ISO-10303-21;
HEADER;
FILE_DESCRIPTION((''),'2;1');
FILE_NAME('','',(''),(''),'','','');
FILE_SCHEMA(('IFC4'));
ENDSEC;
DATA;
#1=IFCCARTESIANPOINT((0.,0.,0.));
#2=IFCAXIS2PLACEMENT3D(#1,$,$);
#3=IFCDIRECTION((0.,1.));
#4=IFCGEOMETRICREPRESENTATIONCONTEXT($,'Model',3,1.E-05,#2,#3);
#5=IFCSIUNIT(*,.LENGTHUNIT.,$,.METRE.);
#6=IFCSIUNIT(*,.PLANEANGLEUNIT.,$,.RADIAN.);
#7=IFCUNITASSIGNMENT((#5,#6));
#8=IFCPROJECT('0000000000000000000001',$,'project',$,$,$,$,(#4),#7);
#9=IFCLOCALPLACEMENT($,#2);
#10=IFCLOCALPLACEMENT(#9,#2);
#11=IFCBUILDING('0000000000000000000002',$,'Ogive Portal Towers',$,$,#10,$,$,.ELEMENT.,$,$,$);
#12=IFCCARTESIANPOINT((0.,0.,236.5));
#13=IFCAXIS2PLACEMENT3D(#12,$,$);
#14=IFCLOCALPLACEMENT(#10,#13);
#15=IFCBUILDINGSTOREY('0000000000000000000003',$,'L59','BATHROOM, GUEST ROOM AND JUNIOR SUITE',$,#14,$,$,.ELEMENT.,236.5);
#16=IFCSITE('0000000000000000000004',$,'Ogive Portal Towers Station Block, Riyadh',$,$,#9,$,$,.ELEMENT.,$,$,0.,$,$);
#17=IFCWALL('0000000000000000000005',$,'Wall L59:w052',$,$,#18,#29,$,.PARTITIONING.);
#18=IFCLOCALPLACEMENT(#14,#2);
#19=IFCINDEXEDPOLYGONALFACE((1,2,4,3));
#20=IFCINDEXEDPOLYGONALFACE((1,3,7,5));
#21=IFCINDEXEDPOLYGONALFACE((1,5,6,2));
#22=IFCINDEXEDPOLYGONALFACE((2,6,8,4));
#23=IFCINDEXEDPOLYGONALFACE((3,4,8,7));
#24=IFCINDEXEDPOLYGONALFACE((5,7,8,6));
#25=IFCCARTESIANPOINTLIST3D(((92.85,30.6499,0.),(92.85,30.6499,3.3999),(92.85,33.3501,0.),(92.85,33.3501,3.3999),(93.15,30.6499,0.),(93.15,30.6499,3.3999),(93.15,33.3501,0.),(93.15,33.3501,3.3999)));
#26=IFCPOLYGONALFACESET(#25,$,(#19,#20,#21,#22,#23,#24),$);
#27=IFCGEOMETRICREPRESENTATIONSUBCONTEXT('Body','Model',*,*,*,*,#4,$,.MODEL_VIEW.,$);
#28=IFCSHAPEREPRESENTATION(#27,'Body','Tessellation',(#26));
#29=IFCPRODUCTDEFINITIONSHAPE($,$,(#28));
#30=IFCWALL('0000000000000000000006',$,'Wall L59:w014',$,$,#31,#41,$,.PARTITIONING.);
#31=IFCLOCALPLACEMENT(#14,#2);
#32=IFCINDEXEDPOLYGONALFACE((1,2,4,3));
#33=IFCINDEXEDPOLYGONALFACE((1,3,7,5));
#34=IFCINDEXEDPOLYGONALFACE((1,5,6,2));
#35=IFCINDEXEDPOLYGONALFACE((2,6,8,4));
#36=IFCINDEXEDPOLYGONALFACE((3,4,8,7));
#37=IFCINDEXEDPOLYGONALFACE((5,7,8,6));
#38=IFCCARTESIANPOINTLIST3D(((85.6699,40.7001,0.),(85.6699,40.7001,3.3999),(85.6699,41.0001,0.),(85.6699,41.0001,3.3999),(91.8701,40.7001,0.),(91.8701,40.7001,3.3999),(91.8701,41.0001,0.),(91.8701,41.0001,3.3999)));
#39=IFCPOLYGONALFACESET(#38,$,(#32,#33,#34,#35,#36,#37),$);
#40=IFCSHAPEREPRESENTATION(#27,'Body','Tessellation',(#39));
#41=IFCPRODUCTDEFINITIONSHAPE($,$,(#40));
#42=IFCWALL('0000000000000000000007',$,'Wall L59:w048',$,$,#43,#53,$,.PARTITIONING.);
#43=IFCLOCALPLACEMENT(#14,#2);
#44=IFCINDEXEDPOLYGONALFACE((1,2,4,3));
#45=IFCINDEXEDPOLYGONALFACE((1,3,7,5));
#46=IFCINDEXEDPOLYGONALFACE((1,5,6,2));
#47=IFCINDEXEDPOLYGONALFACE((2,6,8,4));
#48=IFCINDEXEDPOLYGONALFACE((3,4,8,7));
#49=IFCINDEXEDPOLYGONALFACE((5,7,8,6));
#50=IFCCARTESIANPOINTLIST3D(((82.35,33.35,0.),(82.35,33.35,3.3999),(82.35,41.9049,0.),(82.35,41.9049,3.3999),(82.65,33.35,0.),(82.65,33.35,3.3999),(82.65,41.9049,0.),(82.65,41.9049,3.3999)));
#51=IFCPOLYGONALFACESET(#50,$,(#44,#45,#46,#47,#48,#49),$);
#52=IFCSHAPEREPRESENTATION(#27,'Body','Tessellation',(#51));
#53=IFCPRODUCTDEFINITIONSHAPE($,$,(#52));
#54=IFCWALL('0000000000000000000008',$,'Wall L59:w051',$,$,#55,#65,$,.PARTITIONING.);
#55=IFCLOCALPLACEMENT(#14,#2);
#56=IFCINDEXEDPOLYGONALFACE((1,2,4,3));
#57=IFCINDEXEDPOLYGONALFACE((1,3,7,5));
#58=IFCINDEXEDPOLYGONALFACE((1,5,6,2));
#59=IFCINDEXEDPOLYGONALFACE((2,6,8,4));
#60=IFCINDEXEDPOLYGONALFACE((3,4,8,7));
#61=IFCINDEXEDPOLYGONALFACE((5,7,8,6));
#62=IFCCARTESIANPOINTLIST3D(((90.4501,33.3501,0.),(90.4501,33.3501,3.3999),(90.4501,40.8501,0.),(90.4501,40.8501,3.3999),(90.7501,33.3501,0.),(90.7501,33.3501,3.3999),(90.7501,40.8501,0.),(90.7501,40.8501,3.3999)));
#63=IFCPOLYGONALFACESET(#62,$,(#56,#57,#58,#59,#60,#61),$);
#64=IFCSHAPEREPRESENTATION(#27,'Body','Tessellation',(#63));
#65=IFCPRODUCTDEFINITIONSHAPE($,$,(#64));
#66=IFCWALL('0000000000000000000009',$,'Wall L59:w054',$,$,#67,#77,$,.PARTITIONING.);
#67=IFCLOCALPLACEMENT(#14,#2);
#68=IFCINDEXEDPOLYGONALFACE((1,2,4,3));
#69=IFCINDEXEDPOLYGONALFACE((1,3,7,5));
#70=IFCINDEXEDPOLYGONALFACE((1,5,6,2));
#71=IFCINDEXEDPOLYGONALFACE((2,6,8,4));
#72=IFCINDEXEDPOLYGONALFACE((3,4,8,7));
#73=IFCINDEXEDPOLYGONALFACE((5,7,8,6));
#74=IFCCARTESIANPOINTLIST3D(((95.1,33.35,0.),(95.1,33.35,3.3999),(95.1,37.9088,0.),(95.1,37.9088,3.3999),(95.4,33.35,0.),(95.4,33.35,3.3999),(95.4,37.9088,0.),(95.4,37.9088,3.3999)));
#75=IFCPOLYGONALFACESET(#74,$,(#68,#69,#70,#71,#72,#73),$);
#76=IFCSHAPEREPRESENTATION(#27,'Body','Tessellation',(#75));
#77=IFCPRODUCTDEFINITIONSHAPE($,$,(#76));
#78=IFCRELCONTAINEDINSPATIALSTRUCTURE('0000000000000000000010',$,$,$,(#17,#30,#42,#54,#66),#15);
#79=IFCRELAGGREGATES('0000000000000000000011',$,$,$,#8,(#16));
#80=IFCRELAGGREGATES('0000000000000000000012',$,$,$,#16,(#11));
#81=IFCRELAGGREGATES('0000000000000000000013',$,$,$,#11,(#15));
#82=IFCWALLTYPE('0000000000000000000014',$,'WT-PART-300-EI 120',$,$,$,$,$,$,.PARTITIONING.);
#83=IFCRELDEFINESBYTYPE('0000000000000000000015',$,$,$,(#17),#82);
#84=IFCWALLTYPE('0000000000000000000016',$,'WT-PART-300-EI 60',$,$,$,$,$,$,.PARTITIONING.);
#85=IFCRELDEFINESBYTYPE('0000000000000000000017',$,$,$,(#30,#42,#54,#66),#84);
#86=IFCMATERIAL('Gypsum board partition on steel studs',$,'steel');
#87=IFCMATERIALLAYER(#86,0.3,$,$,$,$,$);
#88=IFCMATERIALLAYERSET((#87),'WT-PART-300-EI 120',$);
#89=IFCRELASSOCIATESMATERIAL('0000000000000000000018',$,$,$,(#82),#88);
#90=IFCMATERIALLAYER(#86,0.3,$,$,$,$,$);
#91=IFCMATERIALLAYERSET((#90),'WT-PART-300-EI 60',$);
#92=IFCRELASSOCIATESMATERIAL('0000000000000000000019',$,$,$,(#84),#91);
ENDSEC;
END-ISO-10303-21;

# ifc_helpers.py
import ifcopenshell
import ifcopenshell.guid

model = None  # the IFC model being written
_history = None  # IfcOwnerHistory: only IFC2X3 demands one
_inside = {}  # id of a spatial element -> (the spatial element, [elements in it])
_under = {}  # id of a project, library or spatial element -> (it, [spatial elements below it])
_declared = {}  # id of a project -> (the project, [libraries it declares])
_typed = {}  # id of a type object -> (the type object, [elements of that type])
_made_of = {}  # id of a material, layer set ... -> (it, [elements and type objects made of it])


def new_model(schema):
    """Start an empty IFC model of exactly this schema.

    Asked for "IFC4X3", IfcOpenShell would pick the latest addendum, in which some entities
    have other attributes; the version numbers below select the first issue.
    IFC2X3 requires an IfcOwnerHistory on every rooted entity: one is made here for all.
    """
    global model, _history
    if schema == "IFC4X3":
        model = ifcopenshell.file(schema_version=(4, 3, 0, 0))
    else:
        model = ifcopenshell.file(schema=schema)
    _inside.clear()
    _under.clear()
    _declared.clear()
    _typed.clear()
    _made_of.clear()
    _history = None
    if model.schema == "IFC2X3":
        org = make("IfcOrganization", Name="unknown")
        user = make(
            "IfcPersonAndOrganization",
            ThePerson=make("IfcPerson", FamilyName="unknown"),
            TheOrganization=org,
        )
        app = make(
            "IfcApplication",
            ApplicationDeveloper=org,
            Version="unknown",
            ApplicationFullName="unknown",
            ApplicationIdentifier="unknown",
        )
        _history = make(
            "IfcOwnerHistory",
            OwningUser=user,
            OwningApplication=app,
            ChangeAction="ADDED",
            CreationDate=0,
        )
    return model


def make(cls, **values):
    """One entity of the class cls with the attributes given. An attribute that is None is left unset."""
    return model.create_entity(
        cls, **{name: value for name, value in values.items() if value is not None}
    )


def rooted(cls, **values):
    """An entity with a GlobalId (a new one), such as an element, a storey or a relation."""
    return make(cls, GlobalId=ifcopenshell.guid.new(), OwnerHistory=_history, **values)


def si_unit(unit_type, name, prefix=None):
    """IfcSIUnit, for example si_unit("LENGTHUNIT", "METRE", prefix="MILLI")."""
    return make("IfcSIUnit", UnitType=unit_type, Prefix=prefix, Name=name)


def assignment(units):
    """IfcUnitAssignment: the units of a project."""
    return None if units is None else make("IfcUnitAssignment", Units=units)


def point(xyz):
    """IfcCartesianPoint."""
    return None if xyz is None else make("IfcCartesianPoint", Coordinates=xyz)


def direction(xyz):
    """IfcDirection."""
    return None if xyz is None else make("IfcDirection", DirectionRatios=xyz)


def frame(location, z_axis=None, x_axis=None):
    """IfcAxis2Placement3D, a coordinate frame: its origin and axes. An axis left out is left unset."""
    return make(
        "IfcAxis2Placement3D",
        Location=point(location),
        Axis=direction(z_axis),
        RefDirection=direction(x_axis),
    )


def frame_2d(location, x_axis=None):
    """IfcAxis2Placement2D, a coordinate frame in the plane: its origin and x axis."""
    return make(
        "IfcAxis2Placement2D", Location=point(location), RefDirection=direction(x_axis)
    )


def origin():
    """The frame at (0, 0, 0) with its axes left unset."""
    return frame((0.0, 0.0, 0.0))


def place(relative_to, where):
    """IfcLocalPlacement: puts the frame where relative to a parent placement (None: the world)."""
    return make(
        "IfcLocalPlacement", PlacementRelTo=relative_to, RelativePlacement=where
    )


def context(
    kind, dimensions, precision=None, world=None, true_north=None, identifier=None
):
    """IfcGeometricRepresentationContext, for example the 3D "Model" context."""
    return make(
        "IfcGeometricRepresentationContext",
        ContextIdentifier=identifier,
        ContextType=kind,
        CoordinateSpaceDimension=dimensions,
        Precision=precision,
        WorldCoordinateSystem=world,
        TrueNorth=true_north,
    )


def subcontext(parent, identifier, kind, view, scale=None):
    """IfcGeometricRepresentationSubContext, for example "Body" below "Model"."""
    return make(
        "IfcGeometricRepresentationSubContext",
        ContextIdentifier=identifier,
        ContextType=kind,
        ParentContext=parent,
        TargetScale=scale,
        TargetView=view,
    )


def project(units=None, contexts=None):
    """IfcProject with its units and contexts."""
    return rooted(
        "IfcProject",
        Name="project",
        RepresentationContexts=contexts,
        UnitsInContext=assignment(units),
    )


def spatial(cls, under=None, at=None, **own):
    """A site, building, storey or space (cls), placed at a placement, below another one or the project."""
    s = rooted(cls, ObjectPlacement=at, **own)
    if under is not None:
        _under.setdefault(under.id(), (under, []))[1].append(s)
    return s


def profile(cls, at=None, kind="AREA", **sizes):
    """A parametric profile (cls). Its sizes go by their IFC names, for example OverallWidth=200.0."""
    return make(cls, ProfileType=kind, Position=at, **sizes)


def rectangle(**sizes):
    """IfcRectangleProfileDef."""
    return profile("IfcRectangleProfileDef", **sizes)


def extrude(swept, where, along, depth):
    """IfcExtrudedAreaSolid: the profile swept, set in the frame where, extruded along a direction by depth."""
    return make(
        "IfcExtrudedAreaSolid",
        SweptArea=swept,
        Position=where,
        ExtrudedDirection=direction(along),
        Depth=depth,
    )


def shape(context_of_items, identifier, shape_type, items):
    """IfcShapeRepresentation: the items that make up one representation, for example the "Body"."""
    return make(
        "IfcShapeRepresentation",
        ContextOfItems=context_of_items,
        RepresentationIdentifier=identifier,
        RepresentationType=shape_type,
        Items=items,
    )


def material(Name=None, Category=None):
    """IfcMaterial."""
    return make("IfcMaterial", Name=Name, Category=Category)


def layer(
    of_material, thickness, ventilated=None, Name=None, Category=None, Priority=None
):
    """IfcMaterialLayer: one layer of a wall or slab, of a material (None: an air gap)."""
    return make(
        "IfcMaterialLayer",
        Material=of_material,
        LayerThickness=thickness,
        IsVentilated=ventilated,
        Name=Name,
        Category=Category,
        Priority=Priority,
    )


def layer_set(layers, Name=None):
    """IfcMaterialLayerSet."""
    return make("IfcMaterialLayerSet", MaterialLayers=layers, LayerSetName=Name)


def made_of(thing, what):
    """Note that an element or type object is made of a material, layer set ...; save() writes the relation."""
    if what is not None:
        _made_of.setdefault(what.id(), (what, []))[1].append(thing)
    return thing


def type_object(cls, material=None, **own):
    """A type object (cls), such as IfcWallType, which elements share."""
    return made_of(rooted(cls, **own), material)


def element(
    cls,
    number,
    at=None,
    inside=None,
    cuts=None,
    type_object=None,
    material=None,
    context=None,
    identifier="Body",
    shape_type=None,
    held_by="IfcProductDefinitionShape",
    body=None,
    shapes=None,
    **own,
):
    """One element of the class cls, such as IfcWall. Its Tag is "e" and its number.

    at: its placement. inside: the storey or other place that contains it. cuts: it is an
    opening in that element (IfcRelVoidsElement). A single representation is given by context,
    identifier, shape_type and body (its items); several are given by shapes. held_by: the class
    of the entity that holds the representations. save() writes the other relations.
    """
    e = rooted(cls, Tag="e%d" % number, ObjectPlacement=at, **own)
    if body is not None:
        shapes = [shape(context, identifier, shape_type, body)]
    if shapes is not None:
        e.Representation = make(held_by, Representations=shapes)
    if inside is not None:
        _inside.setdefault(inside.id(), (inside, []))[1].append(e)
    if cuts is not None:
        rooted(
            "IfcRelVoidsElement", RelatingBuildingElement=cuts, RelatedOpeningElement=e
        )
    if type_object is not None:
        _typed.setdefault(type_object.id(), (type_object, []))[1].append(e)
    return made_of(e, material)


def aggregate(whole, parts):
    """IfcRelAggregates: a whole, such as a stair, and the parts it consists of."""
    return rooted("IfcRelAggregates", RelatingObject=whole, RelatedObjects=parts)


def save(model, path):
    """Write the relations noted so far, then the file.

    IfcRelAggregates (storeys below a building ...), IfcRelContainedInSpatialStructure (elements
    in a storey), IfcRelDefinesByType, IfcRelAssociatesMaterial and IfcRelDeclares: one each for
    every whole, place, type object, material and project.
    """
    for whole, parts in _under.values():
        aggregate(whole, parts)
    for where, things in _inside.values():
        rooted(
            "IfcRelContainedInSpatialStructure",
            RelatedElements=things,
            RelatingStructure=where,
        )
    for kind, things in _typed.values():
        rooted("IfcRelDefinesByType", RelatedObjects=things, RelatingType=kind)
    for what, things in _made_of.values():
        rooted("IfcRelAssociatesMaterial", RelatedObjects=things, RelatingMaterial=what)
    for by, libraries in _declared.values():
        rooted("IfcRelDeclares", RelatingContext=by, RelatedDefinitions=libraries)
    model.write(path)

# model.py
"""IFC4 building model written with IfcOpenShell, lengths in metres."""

from ifc_helpers import new_model, si_unit, direction, frame, frame_2d, origin, place, context, subcontext, project, spatial, rectangle, extrude, material, layer, layer_set, type_object, element, save


model = new_model("IFC4")

# Units and contexts
model_context = context("Model", 3, precision=1e-05, world=origin(), true_north=direction((0.0, 1.0)))
body_context = subcontext(model_context, "Body", "Model", "MODEL_VIEW")
ifc_project = project(units=[si_unit("LENGTHUNIT", "METRE"), si_unit("PLANEANGLEUNIT", "RADIAN")], contexts=[model_context])

# Site, building, storey
site_placement = place(None, origin())
site = spatial("IfcSite", under=ifc_project, at=site_placement, Name="Ogive Portal Towers Station Block, Riyadh", CompositionType="ELEMENT", RefElevation=0.0)
building_placement = place(site_placement, origin())
building = spatial("IfcBuilding", under=site, at=building_placement, Name="Ogive Portal Towers", CompositionType="ELEMENT")
storey_placement = place(building_placement, frame((0.0, 0.0, 236.5)))
storey = spatial("IfcBuildingStorey", under=building, at=storey_placement, Name="L59", Description="BATHROOM, GUEST ROOM AND JUNIOR SUITE", CompositionType="ELEMENT", Elevation=236.5)

# Shared definitions
ifc_material_1 = material(Name="Gypsum board partition on steel studs", Category="steel")
ifc_layer_1 = layer(ifc_material_1, 0.3)
ifc_layer_set_1 = layer_set([ifc_layer_1], Name="WT-PART-300-EI 120")
wall_type_1 = type_object("IfcWallType", Name="WT-PART-300-EI 120", PredefinedType="PARTITIONING", material=ifc_layer_set_1)

# Walls
wall_1_placement = place(storey_placement, frame((93.0, 30.6499, 0.0), z_axis=(0.0, 0.0, 1.0), x_axis=(0.0, 1.0, 0.0)))
element("IfcWall", 1, at=wall_1_placement, inside=storey, type_object=wall_type_1, Name="Wall L59:w052", PredefinedType="PARTITIONING", context=body_context, shape_type="SweptSolid", body=[
    extrude(rectangle(XDim=2.7002, YDim=0.3, at=frame_2d((1.3501, 0.0))), origin(), (0.0, 0.0, 1.0), 3.3999),
])
ifc_layer_2 = layer(ifc_material_1, 0.3)
ifc_layer_set_2 = layer_set([ifc_layer_2], Name="WT-PART-300-EI 60")
wall_type_2 = type_object("IfcWallType", Name="WT-PART-300-EI 60", PredefinedType="PARTITIONING", material=ifc_layer_set_2)
wall_2_placement = place(storey_placement, frame((85.6699, 40.8501, 0.0), z_axis=(0.0, 0.0, 1.0), x_axis=(1.0, 0.0, 0.0)))
element("IfcWall", 2, at=wall_2_placement, inside=storey, type_object=wall_type_2, Name="Wall L59:w014", PredefinedType="PARTITIONING", context=body_context, shape_type="SweptSolid", body=[
    extrude(rectangle(XDim=6.2002, YDim=0.3, at=frame_2d((3.1001, 0.0))), origin(), (0.0, 0.0, 1.0), 3.3999),
])
wall_3_placement = place(storey_placement, frame((82.5, 33.3501, 0.0), z_axis=(0.0, 0.0, 1.0), x_axis=(0.0, 1.0, 0.0)))
element("IfcWall", 3, at=wall_3_placement, inside=storey, type_object=wall_type_2, Name="Wall L59:w048", PredefinedType="PARTITIONING", context=body_context, shape_type="SweptSolid", body=[
    extrude(rectangle(XDim=8.5549, YDim=0.3, at=frame_2d((4.2773, 0.0))), origin(), (0.0, 0.0, 1.0), 3.3999),
])
wall_4_placement = place(storey_placement, frame((90.6001, 33.3501, 0.0), z_axis=(0.0, 0.0, 1.0), x_axis=(0.0, 1.0, 0.0)))
element("IfcWall", 4, at=wall_4_placement, inside=storey, type_object=wall_type_2, Name="Wall L59:w051", PredefinedType="PARTITIONING", context=body_context, shape_type="SweptSolid", body=[
    extrude(rectangle(XDim=7.5, YDim=0.3, at=frame_2d((3.75, 0.0))), origin(), (0.0, 0.0, 1.0), 3.3999),
])
wall_5_placement = place(storey_placement, frame((95.25, 33.3501, 0.0), z_axis=(0.0, 0.0, 1.0), x_axis=(0.0, 1.0, 0.0)))
element("IfcWall", 5, at=wall_5_placement, inside=storey, type_object=wall_type_2, Name="Wall L59:w054", PredefinedType="PARTITIONING", context=body_context, shape_type="SweptSolid", body=[
    extrude(rectangle(XDim=4.5588, YDim=0.3, at=frame_2d((2.2793, 0.0))), origin(), (0.0, 0.0, 1.0), 3.3999),
])

save(model, "model.ifc")
